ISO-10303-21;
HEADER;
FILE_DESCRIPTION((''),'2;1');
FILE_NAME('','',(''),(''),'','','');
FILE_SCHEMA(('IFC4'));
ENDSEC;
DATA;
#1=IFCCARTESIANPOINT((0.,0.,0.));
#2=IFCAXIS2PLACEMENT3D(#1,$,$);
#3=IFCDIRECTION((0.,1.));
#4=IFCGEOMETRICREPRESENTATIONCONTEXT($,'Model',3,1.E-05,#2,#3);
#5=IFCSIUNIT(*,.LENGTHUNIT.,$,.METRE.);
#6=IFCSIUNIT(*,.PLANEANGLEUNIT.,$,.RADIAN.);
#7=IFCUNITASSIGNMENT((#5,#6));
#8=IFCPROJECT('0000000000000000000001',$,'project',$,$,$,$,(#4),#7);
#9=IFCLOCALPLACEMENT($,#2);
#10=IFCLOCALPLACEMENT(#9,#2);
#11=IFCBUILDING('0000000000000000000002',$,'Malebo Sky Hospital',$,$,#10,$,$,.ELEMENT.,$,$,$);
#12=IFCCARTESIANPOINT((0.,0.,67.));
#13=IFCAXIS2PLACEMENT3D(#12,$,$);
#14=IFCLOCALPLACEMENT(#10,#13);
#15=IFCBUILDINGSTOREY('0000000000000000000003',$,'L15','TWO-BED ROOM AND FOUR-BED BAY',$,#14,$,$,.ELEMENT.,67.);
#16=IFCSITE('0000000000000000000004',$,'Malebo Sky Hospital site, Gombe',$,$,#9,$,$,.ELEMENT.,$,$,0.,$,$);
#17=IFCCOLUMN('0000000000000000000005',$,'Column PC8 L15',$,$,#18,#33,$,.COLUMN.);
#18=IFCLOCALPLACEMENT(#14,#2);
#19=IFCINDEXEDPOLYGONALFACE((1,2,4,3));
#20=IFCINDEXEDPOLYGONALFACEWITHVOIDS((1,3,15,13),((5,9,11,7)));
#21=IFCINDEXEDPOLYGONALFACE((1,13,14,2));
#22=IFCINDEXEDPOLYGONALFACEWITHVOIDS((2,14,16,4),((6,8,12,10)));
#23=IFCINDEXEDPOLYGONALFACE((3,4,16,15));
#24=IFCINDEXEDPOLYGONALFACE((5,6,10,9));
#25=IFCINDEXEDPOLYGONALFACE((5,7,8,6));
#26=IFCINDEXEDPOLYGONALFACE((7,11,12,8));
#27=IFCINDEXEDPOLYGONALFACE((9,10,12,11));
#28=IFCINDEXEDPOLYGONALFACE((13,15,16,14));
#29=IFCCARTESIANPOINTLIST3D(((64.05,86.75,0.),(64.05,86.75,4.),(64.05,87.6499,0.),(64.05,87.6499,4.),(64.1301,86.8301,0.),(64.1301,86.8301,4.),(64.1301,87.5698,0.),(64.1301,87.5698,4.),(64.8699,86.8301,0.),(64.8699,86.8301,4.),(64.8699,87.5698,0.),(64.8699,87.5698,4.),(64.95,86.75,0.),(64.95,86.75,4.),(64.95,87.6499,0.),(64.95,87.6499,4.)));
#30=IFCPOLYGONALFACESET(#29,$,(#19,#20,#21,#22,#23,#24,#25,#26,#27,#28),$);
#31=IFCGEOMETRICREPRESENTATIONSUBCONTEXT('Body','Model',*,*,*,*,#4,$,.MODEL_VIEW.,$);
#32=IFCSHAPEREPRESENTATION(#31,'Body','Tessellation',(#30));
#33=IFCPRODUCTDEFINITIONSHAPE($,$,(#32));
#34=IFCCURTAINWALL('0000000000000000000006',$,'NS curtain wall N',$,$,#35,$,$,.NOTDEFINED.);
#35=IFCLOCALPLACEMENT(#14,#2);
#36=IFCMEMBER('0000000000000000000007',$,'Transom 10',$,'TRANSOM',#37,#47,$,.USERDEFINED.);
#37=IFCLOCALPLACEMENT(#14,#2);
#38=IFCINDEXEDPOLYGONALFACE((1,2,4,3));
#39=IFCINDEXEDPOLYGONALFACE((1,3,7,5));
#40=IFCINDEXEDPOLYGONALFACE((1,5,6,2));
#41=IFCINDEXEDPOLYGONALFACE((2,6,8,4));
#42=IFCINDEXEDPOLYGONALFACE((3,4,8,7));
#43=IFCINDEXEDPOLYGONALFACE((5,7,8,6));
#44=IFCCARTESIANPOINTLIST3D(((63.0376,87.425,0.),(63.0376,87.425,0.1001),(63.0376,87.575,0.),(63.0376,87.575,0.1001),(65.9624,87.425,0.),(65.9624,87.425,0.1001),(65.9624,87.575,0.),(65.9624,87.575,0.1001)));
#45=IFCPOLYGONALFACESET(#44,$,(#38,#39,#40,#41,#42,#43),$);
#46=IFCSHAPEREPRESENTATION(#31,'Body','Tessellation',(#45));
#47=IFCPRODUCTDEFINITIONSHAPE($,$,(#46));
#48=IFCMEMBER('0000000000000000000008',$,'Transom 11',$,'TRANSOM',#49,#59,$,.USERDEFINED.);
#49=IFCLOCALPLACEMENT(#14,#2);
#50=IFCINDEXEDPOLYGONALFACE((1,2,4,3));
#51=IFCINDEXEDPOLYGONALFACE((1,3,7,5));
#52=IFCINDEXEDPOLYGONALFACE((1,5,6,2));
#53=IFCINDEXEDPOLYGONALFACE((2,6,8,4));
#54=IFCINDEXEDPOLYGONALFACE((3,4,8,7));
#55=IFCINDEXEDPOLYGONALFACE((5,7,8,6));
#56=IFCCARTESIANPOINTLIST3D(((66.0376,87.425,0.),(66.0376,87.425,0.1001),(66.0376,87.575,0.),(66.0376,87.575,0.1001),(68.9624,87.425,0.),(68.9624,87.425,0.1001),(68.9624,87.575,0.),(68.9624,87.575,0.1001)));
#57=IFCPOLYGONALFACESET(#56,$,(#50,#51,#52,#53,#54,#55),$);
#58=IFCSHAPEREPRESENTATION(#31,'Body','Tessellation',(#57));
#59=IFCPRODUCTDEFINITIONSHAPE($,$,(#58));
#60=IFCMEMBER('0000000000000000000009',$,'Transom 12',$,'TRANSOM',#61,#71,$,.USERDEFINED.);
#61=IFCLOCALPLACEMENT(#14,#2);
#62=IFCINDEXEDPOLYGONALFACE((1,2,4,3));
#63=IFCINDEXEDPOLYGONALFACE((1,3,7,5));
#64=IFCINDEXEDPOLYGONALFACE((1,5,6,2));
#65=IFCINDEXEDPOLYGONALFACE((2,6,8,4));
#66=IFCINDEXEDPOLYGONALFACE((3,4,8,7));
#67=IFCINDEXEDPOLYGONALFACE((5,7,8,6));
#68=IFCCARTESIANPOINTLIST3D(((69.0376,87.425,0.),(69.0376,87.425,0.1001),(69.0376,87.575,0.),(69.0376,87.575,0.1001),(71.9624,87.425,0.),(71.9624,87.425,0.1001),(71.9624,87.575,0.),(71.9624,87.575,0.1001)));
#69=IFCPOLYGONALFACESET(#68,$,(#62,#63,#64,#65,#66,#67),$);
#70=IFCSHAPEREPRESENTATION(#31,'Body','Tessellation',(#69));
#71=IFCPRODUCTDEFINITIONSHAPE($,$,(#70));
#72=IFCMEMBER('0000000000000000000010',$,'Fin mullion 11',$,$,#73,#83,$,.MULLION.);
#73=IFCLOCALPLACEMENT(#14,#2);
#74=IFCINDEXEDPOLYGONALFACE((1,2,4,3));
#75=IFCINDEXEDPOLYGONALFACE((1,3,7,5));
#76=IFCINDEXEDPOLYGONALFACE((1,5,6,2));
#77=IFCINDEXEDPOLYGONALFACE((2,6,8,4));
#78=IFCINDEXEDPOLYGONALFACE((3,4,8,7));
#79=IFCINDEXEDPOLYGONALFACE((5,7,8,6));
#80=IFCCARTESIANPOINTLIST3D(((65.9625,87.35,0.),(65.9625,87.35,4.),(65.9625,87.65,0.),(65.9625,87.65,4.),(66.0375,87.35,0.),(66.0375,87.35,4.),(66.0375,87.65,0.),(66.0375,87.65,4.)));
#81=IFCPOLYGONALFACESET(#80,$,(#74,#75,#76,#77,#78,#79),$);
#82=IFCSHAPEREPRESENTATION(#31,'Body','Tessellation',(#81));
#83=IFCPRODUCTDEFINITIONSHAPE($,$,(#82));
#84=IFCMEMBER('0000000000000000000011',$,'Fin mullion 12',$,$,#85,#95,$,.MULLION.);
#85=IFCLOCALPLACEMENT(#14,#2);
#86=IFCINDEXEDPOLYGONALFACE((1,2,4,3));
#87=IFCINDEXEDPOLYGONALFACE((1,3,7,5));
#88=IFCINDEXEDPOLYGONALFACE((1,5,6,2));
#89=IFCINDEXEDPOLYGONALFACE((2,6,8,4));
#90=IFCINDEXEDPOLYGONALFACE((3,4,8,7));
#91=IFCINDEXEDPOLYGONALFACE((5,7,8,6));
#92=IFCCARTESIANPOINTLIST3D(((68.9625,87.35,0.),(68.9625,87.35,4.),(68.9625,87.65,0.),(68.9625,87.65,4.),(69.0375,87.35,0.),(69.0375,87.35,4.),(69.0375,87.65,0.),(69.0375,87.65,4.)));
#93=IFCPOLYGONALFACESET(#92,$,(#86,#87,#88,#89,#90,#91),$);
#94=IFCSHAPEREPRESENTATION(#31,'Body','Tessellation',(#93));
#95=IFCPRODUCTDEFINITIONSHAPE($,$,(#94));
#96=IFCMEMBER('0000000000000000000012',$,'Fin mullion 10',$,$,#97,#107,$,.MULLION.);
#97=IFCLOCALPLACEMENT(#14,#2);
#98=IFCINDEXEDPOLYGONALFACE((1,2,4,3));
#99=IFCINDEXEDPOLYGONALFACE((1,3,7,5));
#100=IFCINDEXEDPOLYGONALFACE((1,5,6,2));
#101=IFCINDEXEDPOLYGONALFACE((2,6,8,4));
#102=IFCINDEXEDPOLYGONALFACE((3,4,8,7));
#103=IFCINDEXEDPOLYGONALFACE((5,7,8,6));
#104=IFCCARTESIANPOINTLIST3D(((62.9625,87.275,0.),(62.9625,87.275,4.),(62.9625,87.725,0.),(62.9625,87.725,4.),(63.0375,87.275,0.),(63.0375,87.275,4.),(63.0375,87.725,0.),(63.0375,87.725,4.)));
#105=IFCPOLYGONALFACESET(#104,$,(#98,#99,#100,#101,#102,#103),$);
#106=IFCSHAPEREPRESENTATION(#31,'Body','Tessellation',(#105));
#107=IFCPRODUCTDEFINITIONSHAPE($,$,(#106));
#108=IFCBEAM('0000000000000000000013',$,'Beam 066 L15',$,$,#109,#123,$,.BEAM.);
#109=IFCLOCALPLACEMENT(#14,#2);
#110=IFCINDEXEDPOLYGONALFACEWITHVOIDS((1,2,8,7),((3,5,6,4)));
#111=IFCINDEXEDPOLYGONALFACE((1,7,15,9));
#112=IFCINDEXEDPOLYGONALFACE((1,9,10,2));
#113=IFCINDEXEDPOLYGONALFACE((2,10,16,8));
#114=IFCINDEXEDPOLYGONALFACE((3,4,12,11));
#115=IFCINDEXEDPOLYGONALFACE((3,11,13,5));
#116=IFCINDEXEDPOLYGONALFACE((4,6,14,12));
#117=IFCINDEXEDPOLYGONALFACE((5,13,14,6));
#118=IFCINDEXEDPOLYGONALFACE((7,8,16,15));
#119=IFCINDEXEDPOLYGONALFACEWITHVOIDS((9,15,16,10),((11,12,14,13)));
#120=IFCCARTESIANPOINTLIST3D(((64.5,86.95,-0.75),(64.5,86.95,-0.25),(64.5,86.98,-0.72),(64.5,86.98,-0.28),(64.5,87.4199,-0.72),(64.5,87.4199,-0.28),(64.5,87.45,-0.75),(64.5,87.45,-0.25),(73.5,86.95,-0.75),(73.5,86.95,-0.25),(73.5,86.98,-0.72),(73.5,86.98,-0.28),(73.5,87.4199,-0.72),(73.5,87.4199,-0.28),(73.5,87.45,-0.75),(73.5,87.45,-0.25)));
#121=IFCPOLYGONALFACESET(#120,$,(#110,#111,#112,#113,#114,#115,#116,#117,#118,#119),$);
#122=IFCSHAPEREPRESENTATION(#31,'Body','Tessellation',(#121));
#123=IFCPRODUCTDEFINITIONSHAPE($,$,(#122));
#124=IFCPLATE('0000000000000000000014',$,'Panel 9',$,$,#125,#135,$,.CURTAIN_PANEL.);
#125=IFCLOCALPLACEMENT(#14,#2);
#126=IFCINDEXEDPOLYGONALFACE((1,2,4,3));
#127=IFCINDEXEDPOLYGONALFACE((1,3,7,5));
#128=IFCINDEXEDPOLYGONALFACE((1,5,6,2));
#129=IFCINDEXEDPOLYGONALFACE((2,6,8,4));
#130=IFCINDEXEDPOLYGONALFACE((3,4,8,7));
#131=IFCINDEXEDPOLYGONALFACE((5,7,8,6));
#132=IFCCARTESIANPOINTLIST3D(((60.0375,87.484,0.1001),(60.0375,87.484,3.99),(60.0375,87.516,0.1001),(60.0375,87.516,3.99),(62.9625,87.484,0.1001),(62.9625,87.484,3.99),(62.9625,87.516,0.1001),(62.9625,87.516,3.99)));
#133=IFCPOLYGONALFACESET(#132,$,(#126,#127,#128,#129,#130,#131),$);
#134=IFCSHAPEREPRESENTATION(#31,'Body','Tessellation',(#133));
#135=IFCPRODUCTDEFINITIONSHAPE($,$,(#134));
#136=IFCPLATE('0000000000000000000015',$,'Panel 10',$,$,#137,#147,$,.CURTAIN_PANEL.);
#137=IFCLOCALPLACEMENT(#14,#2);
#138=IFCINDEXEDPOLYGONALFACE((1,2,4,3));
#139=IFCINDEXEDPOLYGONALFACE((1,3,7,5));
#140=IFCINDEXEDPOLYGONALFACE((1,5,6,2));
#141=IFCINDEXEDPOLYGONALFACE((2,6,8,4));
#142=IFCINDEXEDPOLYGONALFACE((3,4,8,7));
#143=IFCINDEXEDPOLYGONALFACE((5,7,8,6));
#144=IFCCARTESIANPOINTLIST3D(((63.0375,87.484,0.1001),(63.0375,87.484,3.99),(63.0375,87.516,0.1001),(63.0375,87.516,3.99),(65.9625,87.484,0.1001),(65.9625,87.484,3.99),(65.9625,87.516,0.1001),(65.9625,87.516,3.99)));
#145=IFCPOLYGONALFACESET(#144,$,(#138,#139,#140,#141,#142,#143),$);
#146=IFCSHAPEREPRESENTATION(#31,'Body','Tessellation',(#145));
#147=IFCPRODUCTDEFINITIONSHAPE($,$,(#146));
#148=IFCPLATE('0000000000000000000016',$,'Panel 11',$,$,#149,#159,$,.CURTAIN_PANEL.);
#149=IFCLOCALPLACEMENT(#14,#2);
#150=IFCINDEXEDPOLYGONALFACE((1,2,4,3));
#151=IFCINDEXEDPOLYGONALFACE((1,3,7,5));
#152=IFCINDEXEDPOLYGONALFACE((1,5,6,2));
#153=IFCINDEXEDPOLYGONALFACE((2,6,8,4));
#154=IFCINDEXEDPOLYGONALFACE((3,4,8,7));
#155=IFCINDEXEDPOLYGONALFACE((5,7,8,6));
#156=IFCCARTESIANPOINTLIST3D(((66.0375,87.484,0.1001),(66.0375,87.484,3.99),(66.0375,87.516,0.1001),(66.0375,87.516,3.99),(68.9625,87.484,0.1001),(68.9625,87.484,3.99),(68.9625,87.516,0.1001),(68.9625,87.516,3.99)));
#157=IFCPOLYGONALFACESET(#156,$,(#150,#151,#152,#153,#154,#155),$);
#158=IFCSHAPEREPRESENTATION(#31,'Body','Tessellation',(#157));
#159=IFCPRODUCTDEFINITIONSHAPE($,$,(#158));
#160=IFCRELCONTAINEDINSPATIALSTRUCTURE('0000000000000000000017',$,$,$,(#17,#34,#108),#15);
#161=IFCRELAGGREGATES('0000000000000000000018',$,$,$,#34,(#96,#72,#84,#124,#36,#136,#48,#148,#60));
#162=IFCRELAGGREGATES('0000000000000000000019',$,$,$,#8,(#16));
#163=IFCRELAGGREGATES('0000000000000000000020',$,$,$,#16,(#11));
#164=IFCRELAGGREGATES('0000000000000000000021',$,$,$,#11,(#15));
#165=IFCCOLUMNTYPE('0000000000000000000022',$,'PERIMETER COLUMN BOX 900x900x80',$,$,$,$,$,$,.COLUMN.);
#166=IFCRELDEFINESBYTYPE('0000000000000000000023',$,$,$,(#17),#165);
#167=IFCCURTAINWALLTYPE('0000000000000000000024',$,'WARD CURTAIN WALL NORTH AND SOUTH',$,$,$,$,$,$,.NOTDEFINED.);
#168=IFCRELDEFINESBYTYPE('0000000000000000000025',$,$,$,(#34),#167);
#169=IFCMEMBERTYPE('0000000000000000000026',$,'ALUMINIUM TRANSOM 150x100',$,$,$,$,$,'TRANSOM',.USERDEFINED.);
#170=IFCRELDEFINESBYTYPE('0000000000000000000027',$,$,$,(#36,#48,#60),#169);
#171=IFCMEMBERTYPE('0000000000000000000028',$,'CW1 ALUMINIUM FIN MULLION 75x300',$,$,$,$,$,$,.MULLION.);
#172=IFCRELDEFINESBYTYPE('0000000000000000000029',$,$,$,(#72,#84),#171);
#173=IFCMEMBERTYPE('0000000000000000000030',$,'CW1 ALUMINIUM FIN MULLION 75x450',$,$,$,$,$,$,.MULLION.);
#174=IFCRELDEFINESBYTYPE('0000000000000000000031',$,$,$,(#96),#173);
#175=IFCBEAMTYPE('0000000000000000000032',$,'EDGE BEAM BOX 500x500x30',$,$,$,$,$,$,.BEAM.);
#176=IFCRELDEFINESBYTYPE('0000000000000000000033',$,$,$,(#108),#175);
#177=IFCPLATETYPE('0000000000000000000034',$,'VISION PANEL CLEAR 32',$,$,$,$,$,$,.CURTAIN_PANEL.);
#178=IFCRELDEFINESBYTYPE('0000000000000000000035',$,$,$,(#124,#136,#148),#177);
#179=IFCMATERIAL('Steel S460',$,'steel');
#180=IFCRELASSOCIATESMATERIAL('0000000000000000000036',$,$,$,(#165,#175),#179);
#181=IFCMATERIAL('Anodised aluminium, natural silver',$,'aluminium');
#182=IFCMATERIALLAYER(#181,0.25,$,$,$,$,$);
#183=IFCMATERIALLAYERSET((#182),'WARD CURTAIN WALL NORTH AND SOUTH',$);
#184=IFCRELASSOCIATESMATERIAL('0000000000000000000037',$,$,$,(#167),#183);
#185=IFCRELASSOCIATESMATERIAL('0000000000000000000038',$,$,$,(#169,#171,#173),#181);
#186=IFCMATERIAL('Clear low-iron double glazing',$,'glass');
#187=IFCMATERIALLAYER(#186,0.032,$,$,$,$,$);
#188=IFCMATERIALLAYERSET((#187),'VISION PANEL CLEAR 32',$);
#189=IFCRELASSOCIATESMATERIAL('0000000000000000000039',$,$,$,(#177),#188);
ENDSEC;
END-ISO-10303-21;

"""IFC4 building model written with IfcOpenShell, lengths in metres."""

from ifc_helpers import new_model, si_unit, direction, frame, origin, origin_2d, place, context, subcontext, project, spatial, rectangle, hollow_rectangle, extrude, material, layer, layer_set, material_profile, profile_set, type_object, element, aggregate, save


model = new_model("IFC4")

# Units and contexts
model_context = context("Model", 3, precision=1e-05, world=origin(), true_north=direction((0.0, 1.0)))
body_context = subcontext(model_context, "Body", "Model", "MODEL_VIEW")
ifc_project = project(units=[si_unit("LENGTHUNIT", "METRE"), si_unit("PLANEANGLEUNIT", "RADIAN")], contexts=[model_context])

# Site, building, storey
site_placement = place(None, origin())
site = spatial("IfcSite", under=ifc_project, at=site_placement, Name="Malebo Sky Hospital site, Gombe", CompositionType="ELEMENT", RefElevation=0.0)
building_placement = place(site_placement, origin())
building = spatial("IfcBuilding", under=site, at=building_placement, Name="Malebo Sky Hospital", CompositionType="ELEMENT")
storey_placement = place(building_placement, frame((0.0, 0.0, 67.0)))
storey = spatial("IfcBuildingStorey", under=building, at=storey_placement, Name="L15", Description="TWO-BED ROOM AND FOUR-BED BAY", CompositionType="ELEMENT", Elevation=67.0)

# Column
ifc_material_1 = material(Name="Steel S460", Category="steel")
ifc_material_profile_1 = material_profile(ifc_material_1, hollow_rectangle(XDim=0.8999, YDim=0.8999, WallThickness=0.0801, at=origin_2d()), Name="BOX 900x900x80")
ifc_profile_set_1 = profile_set([ifc_material_profile_1], Name="Steel S460")
column_type = type_object("IfcColumnType", Name="PERIMETER COLUMN BOX 900x900x80", PredefinedType="COLUMN", material=ifc_profile_set_1)
column_placement = place(storey_placement, frame((64.5, 87.2, 0.0), z_axis=(0.0, 0.0, 1.0), x_axis=(1.0, 0.0, 0.0)))
element("IfcColumn", 1, at=column_placement, inside=storey, type_object=column_type, Name="Column PC8 L15", PredefinedType="COLUMN", context=body_context, shape_type="SweptSolid", body=[
    extrude(hollow_rectangle(XDim=0.8999, YDim=0.8999, WallThickness=0.0801, at=origin_2d()), origin(), (0.0, 0.0, 1.0), 4.0),
])

# Curtain wall, members
ifc_material_2 = material(Name="Anodised aluminium, natural silver", Category="aluminium")
ifc_layer_1 = layer(ifc_material_2, 0.25)
ifc_layer_set_1 = layer_set([ifc_layer_1], Name="WARD CURTAIN WALL NORTH AND SOUTH")
curtain_wall_type = type_object("IfcCurtainWallType", Name="WARD CURTAIN WALL NORTH AND SOUTH", PredefinedType="NOTDEFINED", material=ifc_layer_set_1)
curtain_wall_placement = place(storey_placement, origin())
curtain_wall = element("IfcCurtainWall", 2, at=curtain_wall_placement, inside=storey, type_object=curtain_wall_type, Name="NS curtain wall N", PredefinedType="NOTDEFINED")
ifc_material_profile_2 = material_profile(ifc_material_2, rectangle(XDim=0.1499, YDim=0.1001, at=origin_2d()), Name="ALUMINIUM TRANSOM 150x100")
ifc_profile_set_2 = profile_set([ifc_material_profile_2], Name="Anodised aluminium, natural silver")
member_type_1 = type_object("IfcMemberType", Name="ALUMINIUM TRANSOM 150x100", ElementType="TRANSOM", PredefinedType="USERDEFINED", material=ifc_profile_set_2)
member_1_placement = place(storey_placement, frame((63.0376, 87.5, 0.05), z_axis=(1.0, 0.0, 0.0), x_axis=(0.0, 1.0, 0.0)))
member_1 = element("IfcMember", 3, at=member_1_placement, type_object=member_type_1, Name="Transom 10", ObjectType="TRANSOM", PredefinedType="USERDEFINED", context=body_context, shape_type="SweptSolid", body=[
    extrude(rectangle(XDim=0.1499, YDim=0.1001, at=origin_2d()), origin(), (0.0, 0.0, 1.0), 2.9248),
])
member_2_placement = place(storey_placement, frame((66.0376, 87.5, 0.05), z_axis=(1.0, 0.0, 0.0), x_axis=(0.0, 1.0, 0.0)))
member_2 = element("IfcMember", 4, at=member_2_placement, type_object=member_type_1, Name="Transom 11", ObjectType="TRANSOM", PredefinedType="USERDEFINED", context=body_context, shape_type="SweptSolid", body=[
    extrude(rectangle(XDim=0.1499, YDim=0.1001, at=origin_2d()), origin(), (0.0, 0.0, 1.0), 2.9248),
])
member_3_placement = place(storey_placement, frame((69.0376, 87.5, 0.05), z_axis=(1.0, 0.0, 0.0), x_axis=(0.0, 1.0, 0.0)))
member_3 = element("IfcMember", 5, at=member_3_placement, type_object=member_type_1, Name="Transom 12", ObjectType="TRANSOM", PredefinedType="USERDEFINED", context=body_context, shape_type="SweptSolid", body=[
    extrude(rectangle(XDim=0.1499, YDim=0.1001, at=origin_2d()), origin(), (0.0, 0.0, 1.0), 2.9248),
])
ifc_material_profile_3 = material_profile(ifc_material_2, rectangle(XDim=0.075, YDim=0.3, at=origin_2d()), Name="CW1 ALUMINIUM FIN MULLION 75x300")
ifc_profile_set_3 = profile_set([ifc_material_profile_3], Name="Anodised aluminium, natural silver")
member_type_2 = type_object("IfcMemberType", Name="CW1 ALUMINIUM FIN MULLION 75x300", PredefinedType="MULLION", material=ifc_profile_set_3)
member_4_placement = place(storey_placement, frame((66.0, 87.5, 0.0), z_axis=(0.0, 0.0, 1.0), x_axis=(1.0, 0.0, 0.0)))
member_4 = element("IfcMember", 6, at=member_4_placement, type_object=member_type_2, Name="Fin mullion 11", PredefinedType="MULLION", context=body_context, shape_type="SweptSolid", body=[
    extrude(rectangle(XDim=0.075, YDim=0.3, at=origin_2d()), origin(), (0.0, 0.0, 1.0), 4.0),
])
member_5_placement = place(storey_placement, frame((69.0, 87.5, 0.0), z_axis=(0.0, 0.0, 1.0), x_axis=(1.0, 0.0, 0.0)))
member_5 = element("IfcMember", 7, at=member_5_placement, type_object=member_type_2, Name="Fin mullion 12", PredefinedType="MULLION", context=body_context, shape_type="SweptSolid", body=[
    extrude(rectangle(XDim=0.075, YDim=0.3, at=origin_2d()), origin(), (0.0, 0.0, 1.0), 4.0),
])
ifc_material_profile_4 = material_profile(ifc_material_2, rectangle(XDim=0.075, YDim=0.45, at=origin_2d()), Name="CW1 ALUMINIUM FIN MULLION 75x450")
ifc_profile_set_4 = profile_set([ifc_material_profile_4], Name="Anodised aluminium, natural silver")
member_type_3 = type_object("IfcMemberType", Name="CW1 ALUMINIUM FIN MULLION 75x450", PredefinedType="MULLION", material=ifc_profile_set_4)
member_6_placement = place(storey_placement, frame((63.0, 87.5, 0.0), z_axis=(0.0, 0.0, 1.0), x_axis=(1.0, 0.0, 0.0)))
member_6 = element("IfcMember", 8, at=member_6_placement, type_object=member_type_3, Name="Fin mullion 10", PredefinedType="MULLION", context=body_context, shape_type="SweptSolid", body=[
    extrude(rectangle(XDim=0.075, YDim=0.45, at=origin_2d()), origin(), (0.0, 0.0, 1.0), 4.0),
])

# Beam
ifc_material_profile_5 = material_profile(ifc_material_1, hollow_rectangle(XDim=0.5, YDim=0.5, WallThickness=0.03, at=origin_2d()), Name="BOX 500x500x30")
ifc_profile_set_5 = profile_set([ifc_material_profile_5], Name="Steel S460")
beam_type = type_object("IfcBeamType", Name="EDGE BEAM BOX 500x500x30", PredefinedType="BEAM", material=ifc_profile_set_5)
beam_placement = place(storey_placement, frame((64.5, 87.2, -0.5), z_axis=(1.0, 0.0, 0.0), x_axis=(0.0, 1.0, 0.0)))
element("IfcBeam", 9, at=beam_placement, inside=storey, type_object=beam_type, Name="Beam 066 L15", PredefinedType="BEAM", context=body_context, shape_type="SweptSolid", body=[
    extrude(hollow_rectangle(XDim=0.5, YDim=0.5, WallThickness=0.03, at=origin_2d()), origin(), (0.0, 0.0, 1.0), 9.0),
])

# Plates
ifc_material_3 = material(Name="Clear low-iron double glazing", Category="glass")
ifc_layer_2 = layer(ifc_material_3, 0.032)
ifc_layer_set_2 = layer_set([ifc_layer_2], Name="VISION PANEL CLEAR 32")
plate_type = type_object("IfcPlateType", Name="VISION PANEL CLEAR 32", PredefinedType="CURTAIN_PANEL", material=ifc_layer_set_2)
plate_1_placement = place(storey_placement, frame((61.5, 87.5, 0.1001), z_axis=(0.0, 0.0, 1.0), x_axis=(1.0, 0.0, 0.0)))
plate_1 = element("IfcPlate", 10, at=plate_1_placement, type_object=plate_type, Name="Panel 9", PredefinedType="CURTAIN_PANEL", context=body_context, shape_type="SweptSolid", body=[
    extrude(rectangle(XDim=2.925, YDim=0.032, at=origin_2d()), origin(), (0.0, 0.0, 1.0), 3.8899),
])
plate_2_placement = place(storey_placement, frame((64.5, 87.5, 0.1001), z_axis=(0.0, 0.0, 1.0), x_axis=(1.0, 0.0, 0.0)))
plate_2 = element("IfcPlate", 11, at=plate_2_placement, type_object=plate_type, Name="Panel 10", PredefinedType="CURTAIN_PANEL", context=body_context, shape_type="SweptSolid", body=[
    extrude(rectangle(XDim=2.925, YDim=0.032, at=origin_2d()), origin(), (0.0, 0.0, 1.0), 3.8899),
])
plate_3_placement = place(storey_placement, frame((67.5, 87.5, 0.1001), z_axis=(0.0, 0.0, 1.0), x_axis=(1.0, 0.0, 0.0)))
plate_3 = element("IfcPlate", 12, at=plate_3_placement, type_object=plate_type, Name="Panel 11", PredefinedType="CURTAIN_PANEL", context=body_context, shape_type="SweptSolid", body=[
    extrude(rectangle(XDim=2.925, YDim=0.032, at=origin_2d()), origin(), (0.0, 0.0, 1.0), 3.8899),
])
aggregate(curtain_wall, [member_6, member_4, member_5, plate_1, member_1, plate_2, member_2, plate_3, member_3])

save(model, "model.ifc")
